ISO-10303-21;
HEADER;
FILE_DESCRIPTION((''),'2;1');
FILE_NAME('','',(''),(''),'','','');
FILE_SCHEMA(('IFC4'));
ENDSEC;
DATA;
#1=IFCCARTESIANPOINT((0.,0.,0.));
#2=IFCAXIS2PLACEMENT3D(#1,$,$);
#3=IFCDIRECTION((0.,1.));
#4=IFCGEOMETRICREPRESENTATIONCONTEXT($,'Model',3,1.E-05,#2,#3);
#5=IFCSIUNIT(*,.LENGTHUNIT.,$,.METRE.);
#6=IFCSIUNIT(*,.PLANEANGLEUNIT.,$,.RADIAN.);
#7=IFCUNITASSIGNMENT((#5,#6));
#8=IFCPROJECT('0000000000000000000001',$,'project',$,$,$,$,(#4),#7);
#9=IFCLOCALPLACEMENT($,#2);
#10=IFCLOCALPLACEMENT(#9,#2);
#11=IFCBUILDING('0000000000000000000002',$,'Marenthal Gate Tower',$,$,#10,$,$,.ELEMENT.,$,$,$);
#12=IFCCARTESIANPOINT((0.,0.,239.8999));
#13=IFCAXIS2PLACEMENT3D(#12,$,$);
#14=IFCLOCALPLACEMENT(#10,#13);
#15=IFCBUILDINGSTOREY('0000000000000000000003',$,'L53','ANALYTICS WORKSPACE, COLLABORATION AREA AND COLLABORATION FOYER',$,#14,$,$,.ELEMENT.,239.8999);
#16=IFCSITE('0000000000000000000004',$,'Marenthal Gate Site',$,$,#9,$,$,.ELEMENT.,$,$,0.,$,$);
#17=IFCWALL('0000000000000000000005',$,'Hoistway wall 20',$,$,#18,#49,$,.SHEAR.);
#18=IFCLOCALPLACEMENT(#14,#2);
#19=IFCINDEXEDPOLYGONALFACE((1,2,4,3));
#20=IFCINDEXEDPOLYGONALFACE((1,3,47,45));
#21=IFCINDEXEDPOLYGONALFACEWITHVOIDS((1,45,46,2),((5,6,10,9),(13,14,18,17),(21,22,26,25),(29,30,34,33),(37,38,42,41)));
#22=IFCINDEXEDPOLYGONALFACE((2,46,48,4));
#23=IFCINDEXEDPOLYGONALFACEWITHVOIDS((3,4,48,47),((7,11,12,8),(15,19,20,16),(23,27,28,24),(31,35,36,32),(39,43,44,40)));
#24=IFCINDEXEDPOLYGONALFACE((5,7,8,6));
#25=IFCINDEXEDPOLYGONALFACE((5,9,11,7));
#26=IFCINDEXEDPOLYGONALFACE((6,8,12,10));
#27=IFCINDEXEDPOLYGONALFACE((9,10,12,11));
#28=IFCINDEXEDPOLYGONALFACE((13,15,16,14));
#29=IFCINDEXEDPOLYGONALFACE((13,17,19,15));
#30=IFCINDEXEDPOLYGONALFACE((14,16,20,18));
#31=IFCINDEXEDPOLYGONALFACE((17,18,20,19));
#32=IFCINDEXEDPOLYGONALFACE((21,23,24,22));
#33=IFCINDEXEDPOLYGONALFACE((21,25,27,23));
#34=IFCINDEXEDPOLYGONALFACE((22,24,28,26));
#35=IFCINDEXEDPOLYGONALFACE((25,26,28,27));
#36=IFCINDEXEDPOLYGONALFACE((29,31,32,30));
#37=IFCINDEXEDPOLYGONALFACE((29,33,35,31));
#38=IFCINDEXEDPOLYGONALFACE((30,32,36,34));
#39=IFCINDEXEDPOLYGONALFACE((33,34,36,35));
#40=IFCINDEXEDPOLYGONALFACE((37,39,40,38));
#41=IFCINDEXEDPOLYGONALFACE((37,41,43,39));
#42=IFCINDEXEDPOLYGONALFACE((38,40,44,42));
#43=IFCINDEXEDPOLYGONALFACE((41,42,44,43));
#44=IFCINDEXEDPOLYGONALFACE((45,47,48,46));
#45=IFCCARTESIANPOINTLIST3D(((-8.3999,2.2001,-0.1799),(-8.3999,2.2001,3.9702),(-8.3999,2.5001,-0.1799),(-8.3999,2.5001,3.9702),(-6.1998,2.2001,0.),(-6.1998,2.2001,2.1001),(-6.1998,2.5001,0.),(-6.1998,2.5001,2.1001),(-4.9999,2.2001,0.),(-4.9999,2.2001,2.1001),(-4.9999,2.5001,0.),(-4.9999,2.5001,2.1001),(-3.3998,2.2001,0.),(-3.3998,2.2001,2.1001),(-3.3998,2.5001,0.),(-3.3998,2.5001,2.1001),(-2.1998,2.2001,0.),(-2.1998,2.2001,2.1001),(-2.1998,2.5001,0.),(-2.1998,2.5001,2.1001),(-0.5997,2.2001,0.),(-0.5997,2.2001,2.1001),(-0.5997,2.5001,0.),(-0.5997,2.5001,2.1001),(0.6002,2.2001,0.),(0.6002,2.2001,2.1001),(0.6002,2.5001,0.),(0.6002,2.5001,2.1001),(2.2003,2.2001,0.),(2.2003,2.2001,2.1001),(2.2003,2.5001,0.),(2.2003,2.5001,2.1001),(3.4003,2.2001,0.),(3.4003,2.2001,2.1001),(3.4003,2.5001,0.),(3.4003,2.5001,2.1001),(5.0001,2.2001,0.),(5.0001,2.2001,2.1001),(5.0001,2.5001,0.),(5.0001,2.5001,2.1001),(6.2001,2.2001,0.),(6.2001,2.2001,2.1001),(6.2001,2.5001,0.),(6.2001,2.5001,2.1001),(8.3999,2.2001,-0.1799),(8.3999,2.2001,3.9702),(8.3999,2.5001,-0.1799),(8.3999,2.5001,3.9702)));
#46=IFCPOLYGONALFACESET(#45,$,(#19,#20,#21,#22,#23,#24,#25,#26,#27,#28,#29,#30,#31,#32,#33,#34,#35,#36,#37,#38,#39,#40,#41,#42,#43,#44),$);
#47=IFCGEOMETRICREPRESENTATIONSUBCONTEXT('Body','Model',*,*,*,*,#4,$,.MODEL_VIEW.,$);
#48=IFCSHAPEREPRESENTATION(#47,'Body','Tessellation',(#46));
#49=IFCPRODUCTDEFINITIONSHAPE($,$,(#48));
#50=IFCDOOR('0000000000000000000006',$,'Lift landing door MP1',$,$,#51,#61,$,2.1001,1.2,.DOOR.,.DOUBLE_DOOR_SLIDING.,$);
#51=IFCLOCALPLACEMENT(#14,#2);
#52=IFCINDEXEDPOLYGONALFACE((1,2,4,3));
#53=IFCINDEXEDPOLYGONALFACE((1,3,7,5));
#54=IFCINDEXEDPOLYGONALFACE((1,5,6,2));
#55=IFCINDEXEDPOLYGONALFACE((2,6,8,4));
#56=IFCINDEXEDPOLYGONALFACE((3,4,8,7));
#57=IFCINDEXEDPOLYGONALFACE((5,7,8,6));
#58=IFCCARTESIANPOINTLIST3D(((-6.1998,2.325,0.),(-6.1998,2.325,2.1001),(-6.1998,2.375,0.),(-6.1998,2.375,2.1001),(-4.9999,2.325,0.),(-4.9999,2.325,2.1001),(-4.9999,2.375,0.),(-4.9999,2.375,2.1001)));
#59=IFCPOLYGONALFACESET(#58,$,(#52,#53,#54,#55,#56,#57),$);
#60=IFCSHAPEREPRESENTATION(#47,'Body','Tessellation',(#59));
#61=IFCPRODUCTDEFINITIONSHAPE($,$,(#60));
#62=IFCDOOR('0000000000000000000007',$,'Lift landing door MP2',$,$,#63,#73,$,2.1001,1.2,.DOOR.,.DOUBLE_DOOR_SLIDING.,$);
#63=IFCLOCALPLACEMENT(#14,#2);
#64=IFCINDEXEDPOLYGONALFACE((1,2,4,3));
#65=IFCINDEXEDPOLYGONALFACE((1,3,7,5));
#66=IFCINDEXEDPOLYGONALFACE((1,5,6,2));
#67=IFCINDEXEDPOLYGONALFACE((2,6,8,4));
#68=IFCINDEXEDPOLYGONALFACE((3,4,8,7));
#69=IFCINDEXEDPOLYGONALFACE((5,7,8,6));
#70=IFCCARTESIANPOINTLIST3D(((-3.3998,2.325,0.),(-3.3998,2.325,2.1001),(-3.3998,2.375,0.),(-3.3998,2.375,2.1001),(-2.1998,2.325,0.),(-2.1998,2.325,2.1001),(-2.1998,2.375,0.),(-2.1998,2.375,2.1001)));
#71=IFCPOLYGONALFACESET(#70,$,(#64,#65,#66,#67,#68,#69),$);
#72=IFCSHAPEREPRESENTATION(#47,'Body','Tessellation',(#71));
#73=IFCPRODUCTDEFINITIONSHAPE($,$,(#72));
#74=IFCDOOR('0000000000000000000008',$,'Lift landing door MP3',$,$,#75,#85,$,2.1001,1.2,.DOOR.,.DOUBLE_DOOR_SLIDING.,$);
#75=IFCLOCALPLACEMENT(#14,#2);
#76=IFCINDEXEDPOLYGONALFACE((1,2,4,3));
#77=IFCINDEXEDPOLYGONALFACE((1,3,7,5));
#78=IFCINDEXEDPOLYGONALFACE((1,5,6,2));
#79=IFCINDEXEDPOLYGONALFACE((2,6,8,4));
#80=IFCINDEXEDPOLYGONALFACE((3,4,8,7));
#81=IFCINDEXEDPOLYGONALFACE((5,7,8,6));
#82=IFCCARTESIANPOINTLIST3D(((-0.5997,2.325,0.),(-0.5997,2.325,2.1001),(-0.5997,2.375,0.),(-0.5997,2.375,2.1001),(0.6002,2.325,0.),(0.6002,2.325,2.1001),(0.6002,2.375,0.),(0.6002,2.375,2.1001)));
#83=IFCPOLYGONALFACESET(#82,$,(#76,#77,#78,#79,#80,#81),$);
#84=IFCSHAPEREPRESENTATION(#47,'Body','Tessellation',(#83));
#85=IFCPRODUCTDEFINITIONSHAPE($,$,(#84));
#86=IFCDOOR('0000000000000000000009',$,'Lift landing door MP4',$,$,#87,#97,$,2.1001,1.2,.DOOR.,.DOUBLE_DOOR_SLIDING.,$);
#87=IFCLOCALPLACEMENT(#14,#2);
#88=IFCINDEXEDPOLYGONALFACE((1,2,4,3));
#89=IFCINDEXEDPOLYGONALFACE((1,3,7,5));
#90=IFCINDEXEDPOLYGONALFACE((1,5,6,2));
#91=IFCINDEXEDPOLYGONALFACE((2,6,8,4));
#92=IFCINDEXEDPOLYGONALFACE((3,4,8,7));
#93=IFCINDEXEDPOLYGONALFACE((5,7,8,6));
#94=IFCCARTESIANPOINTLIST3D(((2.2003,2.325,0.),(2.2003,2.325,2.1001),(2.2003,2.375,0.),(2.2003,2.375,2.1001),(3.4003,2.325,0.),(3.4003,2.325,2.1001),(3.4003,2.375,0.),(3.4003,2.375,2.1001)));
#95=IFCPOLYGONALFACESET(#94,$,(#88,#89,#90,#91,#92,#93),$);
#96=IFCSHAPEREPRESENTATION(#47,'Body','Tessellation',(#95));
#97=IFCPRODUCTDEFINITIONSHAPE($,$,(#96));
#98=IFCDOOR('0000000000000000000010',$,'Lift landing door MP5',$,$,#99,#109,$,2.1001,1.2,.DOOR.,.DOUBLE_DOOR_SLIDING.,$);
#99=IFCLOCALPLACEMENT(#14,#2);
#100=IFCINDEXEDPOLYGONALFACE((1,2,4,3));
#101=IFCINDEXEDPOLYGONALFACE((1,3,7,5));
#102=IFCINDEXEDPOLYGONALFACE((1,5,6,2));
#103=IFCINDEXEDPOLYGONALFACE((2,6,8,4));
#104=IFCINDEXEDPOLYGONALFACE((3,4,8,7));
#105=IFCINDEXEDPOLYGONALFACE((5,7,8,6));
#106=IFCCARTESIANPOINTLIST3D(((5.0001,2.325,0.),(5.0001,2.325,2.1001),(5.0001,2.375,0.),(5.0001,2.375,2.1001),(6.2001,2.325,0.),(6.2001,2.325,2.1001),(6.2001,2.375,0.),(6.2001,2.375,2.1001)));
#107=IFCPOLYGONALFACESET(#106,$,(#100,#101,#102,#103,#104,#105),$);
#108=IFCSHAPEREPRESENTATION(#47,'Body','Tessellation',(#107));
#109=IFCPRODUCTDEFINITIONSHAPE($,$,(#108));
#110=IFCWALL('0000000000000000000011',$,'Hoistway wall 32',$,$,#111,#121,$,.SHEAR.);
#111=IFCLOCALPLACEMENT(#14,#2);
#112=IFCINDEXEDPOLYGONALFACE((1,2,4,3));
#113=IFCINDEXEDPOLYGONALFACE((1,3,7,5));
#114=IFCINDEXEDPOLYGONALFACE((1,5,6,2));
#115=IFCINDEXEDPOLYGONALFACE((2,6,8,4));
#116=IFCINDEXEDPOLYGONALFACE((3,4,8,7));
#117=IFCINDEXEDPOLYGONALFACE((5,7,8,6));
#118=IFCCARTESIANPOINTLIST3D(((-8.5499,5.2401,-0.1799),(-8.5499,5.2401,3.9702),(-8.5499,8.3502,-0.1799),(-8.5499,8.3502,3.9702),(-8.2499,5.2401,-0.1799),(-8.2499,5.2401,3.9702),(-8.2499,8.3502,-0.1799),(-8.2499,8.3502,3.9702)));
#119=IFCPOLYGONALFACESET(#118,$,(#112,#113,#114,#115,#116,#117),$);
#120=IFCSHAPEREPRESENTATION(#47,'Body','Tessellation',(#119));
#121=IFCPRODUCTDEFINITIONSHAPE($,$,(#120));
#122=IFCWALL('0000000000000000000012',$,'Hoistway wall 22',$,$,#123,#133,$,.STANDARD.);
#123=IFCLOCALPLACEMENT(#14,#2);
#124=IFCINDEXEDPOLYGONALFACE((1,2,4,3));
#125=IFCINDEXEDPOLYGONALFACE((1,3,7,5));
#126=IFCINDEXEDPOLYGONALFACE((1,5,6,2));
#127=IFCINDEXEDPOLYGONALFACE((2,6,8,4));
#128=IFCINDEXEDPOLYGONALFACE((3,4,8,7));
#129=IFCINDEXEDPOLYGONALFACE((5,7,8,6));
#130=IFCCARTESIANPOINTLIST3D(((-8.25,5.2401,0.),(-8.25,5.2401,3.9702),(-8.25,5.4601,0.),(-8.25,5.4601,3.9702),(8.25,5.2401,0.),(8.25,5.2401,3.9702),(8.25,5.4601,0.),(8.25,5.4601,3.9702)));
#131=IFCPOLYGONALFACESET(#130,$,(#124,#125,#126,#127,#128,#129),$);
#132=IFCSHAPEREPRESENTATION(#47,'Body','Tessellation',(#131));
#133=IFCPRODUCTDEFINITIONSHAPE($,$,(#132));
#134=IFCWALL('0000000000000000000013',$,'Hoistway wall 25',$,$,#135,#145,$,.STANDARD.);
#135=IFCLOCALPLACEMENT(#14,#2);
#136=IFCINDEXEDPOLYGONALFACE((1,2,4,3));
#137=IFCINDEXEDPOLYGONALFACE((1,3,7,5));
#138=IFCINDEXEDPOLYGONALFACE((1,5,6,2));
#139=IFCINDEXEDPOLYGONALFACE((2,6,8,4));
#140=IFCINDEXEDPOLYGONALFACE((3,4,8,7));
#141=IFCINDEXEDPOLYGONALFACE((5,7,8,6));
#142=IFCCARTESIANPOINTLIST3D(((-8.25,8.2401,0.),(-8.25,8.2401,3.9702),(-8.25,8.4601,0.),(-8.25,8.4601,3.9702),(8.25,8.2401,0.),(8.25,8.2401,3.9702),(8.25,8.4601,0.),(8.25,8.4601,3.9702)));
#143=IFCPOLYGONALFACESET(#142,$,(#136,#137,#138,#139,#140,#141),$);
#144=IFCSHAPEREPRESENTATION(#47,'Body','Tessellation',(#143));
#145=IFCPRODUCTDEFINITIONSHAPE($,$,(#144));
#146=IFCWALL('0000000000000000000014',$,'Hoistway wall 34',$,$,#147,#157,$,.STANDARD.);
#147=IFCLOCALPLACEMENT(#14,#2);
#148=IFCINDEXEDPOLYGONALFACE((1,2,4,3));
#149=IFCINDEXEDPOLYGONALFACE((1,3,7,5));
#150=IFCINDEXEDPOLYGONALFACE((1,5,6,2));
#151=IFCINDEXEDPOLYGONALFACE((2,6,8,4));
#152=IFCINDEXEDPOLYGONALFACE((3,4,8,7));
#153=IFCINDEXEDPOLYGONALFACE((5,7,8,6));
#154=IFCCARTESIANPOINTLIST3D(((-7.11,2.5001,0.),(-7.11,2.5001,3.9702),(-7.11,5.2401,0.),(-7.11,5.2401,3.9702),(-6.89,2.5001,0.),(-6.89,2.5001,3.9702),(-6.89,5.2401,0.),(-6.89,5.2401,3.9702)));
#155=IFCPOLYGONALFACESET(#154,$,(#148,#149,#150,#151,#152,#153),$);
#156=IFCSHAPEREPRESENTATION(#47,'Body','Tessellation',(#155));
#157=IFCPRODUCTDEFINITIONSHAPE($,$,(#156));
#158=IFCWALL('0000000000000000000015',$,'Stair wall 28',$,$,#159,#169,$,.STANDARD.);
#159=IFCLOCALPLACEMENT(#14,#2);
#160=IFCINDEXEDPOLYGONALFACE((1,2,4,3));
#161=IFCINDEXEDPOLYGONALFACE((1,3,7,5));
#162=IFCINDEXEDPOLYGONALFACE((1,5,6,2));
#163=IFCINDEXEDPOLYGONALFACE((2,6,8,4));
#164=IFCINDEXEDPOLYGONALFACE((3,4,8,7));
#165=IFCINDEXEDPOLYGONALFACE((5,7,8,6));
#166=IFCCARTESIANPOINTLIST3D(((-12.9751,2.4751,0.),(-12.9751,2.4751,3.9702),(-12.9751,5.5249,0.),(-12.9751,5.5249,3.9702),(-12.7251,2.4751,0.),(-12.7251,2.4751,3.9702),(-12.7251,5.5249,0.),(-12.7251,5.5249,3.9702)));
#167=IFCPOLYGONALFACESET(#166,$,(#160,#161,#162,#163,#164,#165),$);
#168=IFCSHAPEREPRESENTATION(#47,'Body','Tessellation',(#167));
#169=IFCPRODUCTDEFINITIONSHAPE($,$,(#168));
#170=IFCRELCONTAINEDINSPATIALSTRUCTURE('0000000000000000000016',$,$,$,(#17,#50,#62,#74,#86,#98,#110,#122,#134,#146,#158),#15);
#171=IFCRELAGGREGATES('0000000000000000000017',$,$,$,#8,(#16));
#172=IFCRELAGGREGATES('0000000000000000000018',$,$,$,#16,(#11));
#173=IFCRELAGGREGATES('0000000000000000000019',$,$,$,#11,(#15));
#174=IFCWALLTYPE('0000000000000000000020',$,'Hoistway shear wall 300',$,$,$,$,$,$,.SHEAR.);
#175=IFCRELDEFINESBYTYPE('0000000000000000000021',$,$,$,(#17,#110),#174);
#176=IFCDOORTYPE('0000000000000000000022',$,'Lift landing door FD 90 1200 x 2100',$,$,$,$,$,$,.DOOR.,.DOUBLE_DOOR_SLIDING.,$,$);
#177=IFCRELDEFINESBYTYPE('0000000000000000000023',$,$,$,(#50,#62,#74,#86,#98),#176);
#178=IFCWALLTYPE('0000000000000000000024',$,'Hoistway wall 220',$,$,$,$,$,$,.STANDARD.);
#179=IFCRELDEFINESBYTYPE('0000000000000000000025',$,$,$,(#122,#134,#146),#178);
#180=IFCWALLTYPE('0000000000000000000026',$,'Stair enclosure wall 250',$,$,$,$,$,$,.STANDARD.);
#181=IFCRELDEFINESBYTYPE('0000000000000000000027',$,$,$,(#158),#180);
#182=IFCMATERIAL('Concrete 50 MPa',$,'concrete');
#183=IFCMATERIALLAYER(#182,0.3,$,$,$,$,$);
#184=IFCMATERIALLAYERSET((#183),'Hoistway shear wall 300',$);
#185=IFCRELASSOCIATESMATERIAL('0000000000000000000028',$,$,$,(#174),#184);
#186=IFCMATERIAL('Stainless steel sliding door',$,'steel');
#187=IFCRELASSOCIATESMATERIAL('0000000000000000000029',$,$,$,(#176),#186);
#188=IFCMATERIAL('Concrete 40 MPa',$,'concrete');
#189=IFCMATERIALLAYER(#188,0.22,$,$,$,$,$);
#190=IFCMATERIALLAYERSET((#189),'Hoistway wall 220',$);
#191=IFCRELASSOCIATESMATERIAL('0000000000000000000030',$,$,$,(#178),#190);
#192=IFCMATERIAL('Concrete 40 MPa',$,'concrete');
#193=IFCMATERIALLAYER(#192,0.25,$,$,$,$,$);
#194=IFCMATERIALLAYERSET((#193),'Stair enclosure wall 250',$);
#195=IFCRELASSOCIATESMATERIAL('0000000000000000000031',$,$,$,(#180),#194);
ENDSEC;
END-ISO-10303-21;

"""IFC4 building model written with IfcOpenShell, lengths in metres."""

from ifc_helpers import new_model, si_unit, direction, frame, frame_2d, origin, place, context, subcontext, project, spatial, rectangle, extrude, material, layer, layer_set, type_object, element, fill, save


model = new_model("IFC4")

# Units and contexts
model_context = context("Model", 3, precision=1e-05, world=origin(), true_north=direction((0.0, 1.0)))
body_context = subcontext(model_context, "Body", "Model", "MODEL_VIEW")
ifc_project = project(units=[si_unit("LENGTHUNIT", "METRE"), si_unit("PLANEANGLEUNIT", "RADIAN")], contexts=[model_context])

# Site, building, storey
site_placement = place(None, origin())
site = spatial("IfcSite", under=ifc_project, at=site_placement, Name="Marenthal Gate Site", CompositionType="ELEMENT", RefElevation=0.0)
building_placement = place(site_placement, origin())
building = spatial("IfcBuilding", under=site, at=building_placement, Name="Marenthal Gate Tower", CompositionType="ELEMENT")
storey_placement = place(building_placement, frame((0.0, 0.0, 239.8999)))
storey = spatial("IfcBuildingStorey", under=building, at=storey_placement, Name="L53", Description="ANALYTICS WORKSPACE, COLLABORATION AREA AND COLLABORATION FOYER", CompositionType="ELEMENT", Elevation=239.8999)

# Wall, openings, doors
ifc_material_1 = material(Name="Concrete 50 MPa", Category="concrete")
ifc_layer_1 = layer(ifc_material_1, 0.3)
ifc_layer_set_1 = layer_set([ifc_layer_1], Name="Hoistway shear wall 300")
wall_type_1 = type_object("IfcWallType", Name="Hoistway shear wall 300", PredefinedType="SHEAR", material=ifc_layer_set_1)
wall_1_placement = place(storey_placement, frame((-8.3999, 2.3501, -0.1799), z_axis=(0.0, 0.0, 1.0), x_axis=(1.0, 0.0, 0.0)))
wall_1 = element("IfcWall", 1, at=wall_1_placement, inside=storey, type_object=wall_type_1, Name="Hoistway wall 20", PredefinedType="SHEAR", context=body_context, shape_type="SweptSolid", body=[
    extrude(rectangle(XDim=16.7998, YDim=0.3, at=frame_2d((8.3999, 0.0))), origin(), (0.0, 0.0, 1.0), 4.1501),
])
opening_1_placement = place(wall_1_placement, frame((2.2, 0.0, 0.1799)))
opening_1 = element("IfcOpeningElement", 2, at=opening_1_placement, cuts=wall_1, PredefinedType="OPENING", context=body_context, shape_type="SweptSolid", body=[
    extrude(rectangle(XDim=1.2, YDim=2.1001, at=frame_2d((0.6001, 1.05))), frame((0.0, 0.1602, 0.0), z_axis=(0.0, -1.0, 0.0), x_axis=(1.0, 0.0, 0.0)), (0.0, 0.0, 1.0), 0.3201),
])
opening_2_placement = place(wall_1_placement, frame((5.0, 0.0, 0.1799)))
opening_2 = element("IfcOpeningElement", 3, at=opening_2_placement, cuts=wall_1, PredefinedType="OPENING", context=body_context, shape_type="SweptSolid", body=[
    extrude(rectangle(XDim=1.2, YDim=2.1001, at=frame_2d((0.6001, 1.05))), frame((0.0, 0.1602, 0.0), z_axis=(0.0, -1.0, 0.0), x_axis=(1.0, 0.0, 0.0)), (0.0, 0.0, 1.0), 0.3201),
])
opening_3_placement = place(wall_1_placement, frame((7.8, 0.0, 0.1799)))
opening_3 = element("IfcOpeningElement", 4, at=opening_3_placement, cuts=wall_1, PredefinedType="OPENING", context=body_context, shape_type="SweptSolid", body=[
    extrude(rectangle(XDim=1.2, YDim=2.1001, at=frame_2d((0.6001, 1.05))), frame((0.0, 0.1602, 0.0), z_axis=(0.0, -1.0, 0.0), x_axis=(1.0, 0.0, 0.0)), (0.0, 0.0, 1.0), 0.3201),
])
opening_4_placement = place(wall_1_placement, frame((10.6001, 0.0, 0.1799)))
opening_4 = element("IfcOpeningElement", 5, at=opening_4_placement, cuts=wall_1, PredefinedType="OPENING", context=body_context, shape_type="SweptSolid", body=[
    extrude(rectangle(XDim=1.2, YDim=2.1001, at=frame_2d((0.6001, 1.05))), frame((0.0, 0.1602, 0.0), z_axis=(0.0, -1.0, 0.0), x_axis=(1.0, 0.0, 0.0)), (0.0, 0.0, 1.0), 0.3201),
])
opening_5_placement = place(wall_1_placement, frame((13.3999, 0.0, 0.1799)))
opening_5 = element("IfcOpeningElement", 6, at=opening_5_placement, cuts=wall_1, PredefinedType="OPENING", context=body_context, shape_type="SweptSolid", body=[
    extrude(rectangle(XDim=1.2, YDim=2.1001, at=frame_2d((0.6001, 1.05))), frame((0.0, 0.1602, 0.0), z_axis=(0.0, -1.0, 0.0), x_axis=(1.0, 0.0, 0.0)), (0.0, 0.0, 1.0), 0.3201),
])
ifc_material_2 = material(Name="Stainless steel sliding door", Category="steel")
door_type = type_object("IfcDoorType", Name="Lift landing door FD 90 1200 x 2100", OperationType="DOUBLE_DOOR_SLIDING", PredefinedType="DOOR", material=ifc_material_2)
door_1_placement = place(opening_1_placement, origin())
door_1 = element("IfcDoor", 7, at=door_1_placement, inside=storey, type_object=door_type, Name="Lift landing door MP1", OperationType="DOUBLE_DOOR_SLIDING", OverallHeight=2.1001, OverallWidth=1.2, PredefinedType="DOOR", context=body_context, shape_type="SweptSolid", body=[
    extrude(rectangle(XDim=1.2, YDim=2.1001, at=frame_2d((0.6001, 1.05))), frame((0.0, 0.0249, 0.0), z_axis=(0.0, -1.0, 0.0), x_axis=(1.0, 0.0, 0.0)), (0.0, 0.0, 1.0), 0.05),
])
fill(opening_1, door_1)
door_2_placement = place(opening_2_placement, origin())
door_2 = element("IfcDoor", 8, at=door_2_placement, inside=storey, type_object=door_type, Name="Lift landing door MP2", OperationType="DOUBLE_DOOR_SLIDING", OverallHeight=2.1001, OverallWidth=1.2, PredefinedType="DOOR", context=body_context, shape_type="SweptSolid", body=[
    extrude(rectangle(XDim=1.2, YDim=2.1001, at=frame_2d((0.6001, 1.05))), frame((0.0, 0.0249, 0.0), z_axis=(0.0, -1.0, 0.0), x_axis=(1.0, 0.0, 0.0)), (0.0, 0.0, 1.0), 0.05),
])
fill(opening_2, door_2)
door_3_placement = place(opening_3_placement, origin())
door_3 = element("IfcDoor", 9, at=door_3_placement, inside=storey, type_object=door_type, Name="Lift landing door MP3", OperationType="DOUBLE_DOOR_SLIDING", OverallHeight=2.1001, OverallWidth=1.2, PredefinedType="DOOR", context=body_context, shape_type="SweptSolid", body=[
    extrude(rectangle(XDim=1.2, YDim=2.1001, at=frame_2d((0.6001, 1.05))), frame((0.0, 0.0249, 0.0), z_axis=(0.0, -1.0, 0.0), x_axis=(1.0, 0.0, 0.0)), (0.0, 0.0, 1.0), 0.05),
])
fill(opening_3, door_3)
door_4_placement = place(opening_4_placement, origin())
door_4 = element("IfcDoor", 10, at=door_4_placement, inside=storey, type_object=door_type, Name="Lift landing door MP4", OperationType="DOUBLE_DOOR_SLIDING", OverallHeight=2.1001, OverallWidth=1.2, PredefinedType="DOOR", context=body_context, shape_type="SweptSolid", body=[
    extrude(rectangle(XDim=1.2, YDim=2.1001, at=frame_2d((0.6001, 1.05))), frame((0.0, 0.0249, 0.0), z_axis=(0.0, -1.0, 0.0), x_axis=(1.0, 0.0, 0.0)), (0.0, 0.0, 1.0), 0.05),
])
fill(opening_4, door_4)
door_5_placement = place(opening_5_placement, origin())
door_5 = element("IfcDoor", 11, at=door_5_placement, inside=storey, type_object=door_type, Name="Lift landing door MP5", OperationType="DOUBLE_DOOR_SLIDING", OverallHeight=2.1001, OverallWidth=1.2, PredefinedType="DOOR", context=body_context, shape_type="SweptSolid", body=[
    extrude(rectangle(XDim=1.2, YDim=2.1001, at=frame_2d((0.6001, 1.05))), frame((0.0, 0.0249, 0.0), z_axis=(0.0, -1.0, 0.0), x_axis=(1.0, 0.0, 0.0)), (0.0, 0.0, 1.0), 0.05),
])
fill(opening_5, door_5)

# Walls
wall_2_placement = place(storey_placement, frame((-8.3999, 5.24, -0.1799), z_axis=(0.0, 0.0, 1.0), x_axis=(0.0, 1.0, 0.0)))
element("IfcWall", 12, at=wall_2_placement, inside=storey, type_object=wall_type_1, Name="Hoistway wall 32", PredefinedType="SHEAR", context=body_context, shape_type="SweptSolid", body=[
    extrude(rectangle(XDim=3.1101, YDim=0.3, at=frame_2d((1.5552, 0.0))), origin(), (0.0, 0.0, 1.0), 4.1501),
])
ifc_material_3 = material(Name="Concrete 40 MPa", Category="concrete")
ifc_layer_2 = layer(ifc_material_3, 0.22)
ifc_layer_set_2 = layer_set([ifc_layer_2], Name="Hoistway wall 220")
wall_type_2 = type_object("IfcWallType", Name="Hoistway wall 220", PredefinedType="STANDARD", material=ifc_layer_set_2)
for number, where, z_axis, x_axis, name in (
    (13, (-8.25, 5.3501, 0.0), (0.0, 0.0, 1.0), (1.0, 0.0, 0.0), "Hoistway wall 22"),
    (14, (-8.25, 8.3501, 0.0), (0.0, 0.0, 1.0), (1.0, 0.0, 0.0), "Hoistway wall 25"),
):
    element("IfcWall", number, at=place(storey_placement, frame(where, z_axis=z_axis, x_axis=x_axis)), inside=storey, type_object=wall_type_2, Name=name, PredefinedType="STANDARD", context=body_context, shape_type="SweptSolid", body=[
        extrude(rectangle(XDim=16.5, YDim=0.22, at=frame_2d((8.25, 0.0))), origin(), (0.0, 0.0, 1.0), 3.9702),
    ])
wall_3_placement = place(storey_placement, frame((-7.0, 2.5, 0.0), z_axis=(0.0, 0.0, 1.0), x_axis=(0.0, 1.0, 0.0)))
element("IfcWall", 15, at=wall_3_placement, inside=storey, type_object=wall_type_2, Name="Hoistway wall 34", PredefinedType="STANDARD", context=body_context, shape_type="SweptSolid", body=[
    extrude(rectangle(XDim=2.74, YDim=0.22, at=frame_2d((1.3701, 0.0))), origin(), (0.0, 0.0, 1.0), 3.9702),
])
ifc_material_4 = material(Name="Concrete 40 MPa", Category="concrete")
ifc_layer_3 = layer(ifc_material_4, 0.25)
ifc_layer_set_3 = layer_set([ifc_layer_3], Name="Stair enclosure wall 250")
wall_type_3 = type_object("IfcWallType", Name="Stair enclosure wall 250", PredefinedType="STANDARD", material=ifc_layer_set_3)
wall_4_placement = place(storey_placement, frame((-12.8501, 2.4751, 0.0), z_axis=(0.0, 0.0, 1.0), x_axis=(0.0, 1.0, 0.0)))
element("IfcWall", 16, at=wall_4_placement, inside=storey, type_object=wall_type_3, Name="Stair wall 28", PredefinedType="STANDARD", context=body_context, shape_type="SweptSolid", body=[
    extrude(rectangle(XDim=3.0498, YDim=0.25, at=frame_2d((1.5249, 0.0))), origin(), (0.0, 0.0, 1.0), 3.9702),
])

save(model, "model.ifc")
